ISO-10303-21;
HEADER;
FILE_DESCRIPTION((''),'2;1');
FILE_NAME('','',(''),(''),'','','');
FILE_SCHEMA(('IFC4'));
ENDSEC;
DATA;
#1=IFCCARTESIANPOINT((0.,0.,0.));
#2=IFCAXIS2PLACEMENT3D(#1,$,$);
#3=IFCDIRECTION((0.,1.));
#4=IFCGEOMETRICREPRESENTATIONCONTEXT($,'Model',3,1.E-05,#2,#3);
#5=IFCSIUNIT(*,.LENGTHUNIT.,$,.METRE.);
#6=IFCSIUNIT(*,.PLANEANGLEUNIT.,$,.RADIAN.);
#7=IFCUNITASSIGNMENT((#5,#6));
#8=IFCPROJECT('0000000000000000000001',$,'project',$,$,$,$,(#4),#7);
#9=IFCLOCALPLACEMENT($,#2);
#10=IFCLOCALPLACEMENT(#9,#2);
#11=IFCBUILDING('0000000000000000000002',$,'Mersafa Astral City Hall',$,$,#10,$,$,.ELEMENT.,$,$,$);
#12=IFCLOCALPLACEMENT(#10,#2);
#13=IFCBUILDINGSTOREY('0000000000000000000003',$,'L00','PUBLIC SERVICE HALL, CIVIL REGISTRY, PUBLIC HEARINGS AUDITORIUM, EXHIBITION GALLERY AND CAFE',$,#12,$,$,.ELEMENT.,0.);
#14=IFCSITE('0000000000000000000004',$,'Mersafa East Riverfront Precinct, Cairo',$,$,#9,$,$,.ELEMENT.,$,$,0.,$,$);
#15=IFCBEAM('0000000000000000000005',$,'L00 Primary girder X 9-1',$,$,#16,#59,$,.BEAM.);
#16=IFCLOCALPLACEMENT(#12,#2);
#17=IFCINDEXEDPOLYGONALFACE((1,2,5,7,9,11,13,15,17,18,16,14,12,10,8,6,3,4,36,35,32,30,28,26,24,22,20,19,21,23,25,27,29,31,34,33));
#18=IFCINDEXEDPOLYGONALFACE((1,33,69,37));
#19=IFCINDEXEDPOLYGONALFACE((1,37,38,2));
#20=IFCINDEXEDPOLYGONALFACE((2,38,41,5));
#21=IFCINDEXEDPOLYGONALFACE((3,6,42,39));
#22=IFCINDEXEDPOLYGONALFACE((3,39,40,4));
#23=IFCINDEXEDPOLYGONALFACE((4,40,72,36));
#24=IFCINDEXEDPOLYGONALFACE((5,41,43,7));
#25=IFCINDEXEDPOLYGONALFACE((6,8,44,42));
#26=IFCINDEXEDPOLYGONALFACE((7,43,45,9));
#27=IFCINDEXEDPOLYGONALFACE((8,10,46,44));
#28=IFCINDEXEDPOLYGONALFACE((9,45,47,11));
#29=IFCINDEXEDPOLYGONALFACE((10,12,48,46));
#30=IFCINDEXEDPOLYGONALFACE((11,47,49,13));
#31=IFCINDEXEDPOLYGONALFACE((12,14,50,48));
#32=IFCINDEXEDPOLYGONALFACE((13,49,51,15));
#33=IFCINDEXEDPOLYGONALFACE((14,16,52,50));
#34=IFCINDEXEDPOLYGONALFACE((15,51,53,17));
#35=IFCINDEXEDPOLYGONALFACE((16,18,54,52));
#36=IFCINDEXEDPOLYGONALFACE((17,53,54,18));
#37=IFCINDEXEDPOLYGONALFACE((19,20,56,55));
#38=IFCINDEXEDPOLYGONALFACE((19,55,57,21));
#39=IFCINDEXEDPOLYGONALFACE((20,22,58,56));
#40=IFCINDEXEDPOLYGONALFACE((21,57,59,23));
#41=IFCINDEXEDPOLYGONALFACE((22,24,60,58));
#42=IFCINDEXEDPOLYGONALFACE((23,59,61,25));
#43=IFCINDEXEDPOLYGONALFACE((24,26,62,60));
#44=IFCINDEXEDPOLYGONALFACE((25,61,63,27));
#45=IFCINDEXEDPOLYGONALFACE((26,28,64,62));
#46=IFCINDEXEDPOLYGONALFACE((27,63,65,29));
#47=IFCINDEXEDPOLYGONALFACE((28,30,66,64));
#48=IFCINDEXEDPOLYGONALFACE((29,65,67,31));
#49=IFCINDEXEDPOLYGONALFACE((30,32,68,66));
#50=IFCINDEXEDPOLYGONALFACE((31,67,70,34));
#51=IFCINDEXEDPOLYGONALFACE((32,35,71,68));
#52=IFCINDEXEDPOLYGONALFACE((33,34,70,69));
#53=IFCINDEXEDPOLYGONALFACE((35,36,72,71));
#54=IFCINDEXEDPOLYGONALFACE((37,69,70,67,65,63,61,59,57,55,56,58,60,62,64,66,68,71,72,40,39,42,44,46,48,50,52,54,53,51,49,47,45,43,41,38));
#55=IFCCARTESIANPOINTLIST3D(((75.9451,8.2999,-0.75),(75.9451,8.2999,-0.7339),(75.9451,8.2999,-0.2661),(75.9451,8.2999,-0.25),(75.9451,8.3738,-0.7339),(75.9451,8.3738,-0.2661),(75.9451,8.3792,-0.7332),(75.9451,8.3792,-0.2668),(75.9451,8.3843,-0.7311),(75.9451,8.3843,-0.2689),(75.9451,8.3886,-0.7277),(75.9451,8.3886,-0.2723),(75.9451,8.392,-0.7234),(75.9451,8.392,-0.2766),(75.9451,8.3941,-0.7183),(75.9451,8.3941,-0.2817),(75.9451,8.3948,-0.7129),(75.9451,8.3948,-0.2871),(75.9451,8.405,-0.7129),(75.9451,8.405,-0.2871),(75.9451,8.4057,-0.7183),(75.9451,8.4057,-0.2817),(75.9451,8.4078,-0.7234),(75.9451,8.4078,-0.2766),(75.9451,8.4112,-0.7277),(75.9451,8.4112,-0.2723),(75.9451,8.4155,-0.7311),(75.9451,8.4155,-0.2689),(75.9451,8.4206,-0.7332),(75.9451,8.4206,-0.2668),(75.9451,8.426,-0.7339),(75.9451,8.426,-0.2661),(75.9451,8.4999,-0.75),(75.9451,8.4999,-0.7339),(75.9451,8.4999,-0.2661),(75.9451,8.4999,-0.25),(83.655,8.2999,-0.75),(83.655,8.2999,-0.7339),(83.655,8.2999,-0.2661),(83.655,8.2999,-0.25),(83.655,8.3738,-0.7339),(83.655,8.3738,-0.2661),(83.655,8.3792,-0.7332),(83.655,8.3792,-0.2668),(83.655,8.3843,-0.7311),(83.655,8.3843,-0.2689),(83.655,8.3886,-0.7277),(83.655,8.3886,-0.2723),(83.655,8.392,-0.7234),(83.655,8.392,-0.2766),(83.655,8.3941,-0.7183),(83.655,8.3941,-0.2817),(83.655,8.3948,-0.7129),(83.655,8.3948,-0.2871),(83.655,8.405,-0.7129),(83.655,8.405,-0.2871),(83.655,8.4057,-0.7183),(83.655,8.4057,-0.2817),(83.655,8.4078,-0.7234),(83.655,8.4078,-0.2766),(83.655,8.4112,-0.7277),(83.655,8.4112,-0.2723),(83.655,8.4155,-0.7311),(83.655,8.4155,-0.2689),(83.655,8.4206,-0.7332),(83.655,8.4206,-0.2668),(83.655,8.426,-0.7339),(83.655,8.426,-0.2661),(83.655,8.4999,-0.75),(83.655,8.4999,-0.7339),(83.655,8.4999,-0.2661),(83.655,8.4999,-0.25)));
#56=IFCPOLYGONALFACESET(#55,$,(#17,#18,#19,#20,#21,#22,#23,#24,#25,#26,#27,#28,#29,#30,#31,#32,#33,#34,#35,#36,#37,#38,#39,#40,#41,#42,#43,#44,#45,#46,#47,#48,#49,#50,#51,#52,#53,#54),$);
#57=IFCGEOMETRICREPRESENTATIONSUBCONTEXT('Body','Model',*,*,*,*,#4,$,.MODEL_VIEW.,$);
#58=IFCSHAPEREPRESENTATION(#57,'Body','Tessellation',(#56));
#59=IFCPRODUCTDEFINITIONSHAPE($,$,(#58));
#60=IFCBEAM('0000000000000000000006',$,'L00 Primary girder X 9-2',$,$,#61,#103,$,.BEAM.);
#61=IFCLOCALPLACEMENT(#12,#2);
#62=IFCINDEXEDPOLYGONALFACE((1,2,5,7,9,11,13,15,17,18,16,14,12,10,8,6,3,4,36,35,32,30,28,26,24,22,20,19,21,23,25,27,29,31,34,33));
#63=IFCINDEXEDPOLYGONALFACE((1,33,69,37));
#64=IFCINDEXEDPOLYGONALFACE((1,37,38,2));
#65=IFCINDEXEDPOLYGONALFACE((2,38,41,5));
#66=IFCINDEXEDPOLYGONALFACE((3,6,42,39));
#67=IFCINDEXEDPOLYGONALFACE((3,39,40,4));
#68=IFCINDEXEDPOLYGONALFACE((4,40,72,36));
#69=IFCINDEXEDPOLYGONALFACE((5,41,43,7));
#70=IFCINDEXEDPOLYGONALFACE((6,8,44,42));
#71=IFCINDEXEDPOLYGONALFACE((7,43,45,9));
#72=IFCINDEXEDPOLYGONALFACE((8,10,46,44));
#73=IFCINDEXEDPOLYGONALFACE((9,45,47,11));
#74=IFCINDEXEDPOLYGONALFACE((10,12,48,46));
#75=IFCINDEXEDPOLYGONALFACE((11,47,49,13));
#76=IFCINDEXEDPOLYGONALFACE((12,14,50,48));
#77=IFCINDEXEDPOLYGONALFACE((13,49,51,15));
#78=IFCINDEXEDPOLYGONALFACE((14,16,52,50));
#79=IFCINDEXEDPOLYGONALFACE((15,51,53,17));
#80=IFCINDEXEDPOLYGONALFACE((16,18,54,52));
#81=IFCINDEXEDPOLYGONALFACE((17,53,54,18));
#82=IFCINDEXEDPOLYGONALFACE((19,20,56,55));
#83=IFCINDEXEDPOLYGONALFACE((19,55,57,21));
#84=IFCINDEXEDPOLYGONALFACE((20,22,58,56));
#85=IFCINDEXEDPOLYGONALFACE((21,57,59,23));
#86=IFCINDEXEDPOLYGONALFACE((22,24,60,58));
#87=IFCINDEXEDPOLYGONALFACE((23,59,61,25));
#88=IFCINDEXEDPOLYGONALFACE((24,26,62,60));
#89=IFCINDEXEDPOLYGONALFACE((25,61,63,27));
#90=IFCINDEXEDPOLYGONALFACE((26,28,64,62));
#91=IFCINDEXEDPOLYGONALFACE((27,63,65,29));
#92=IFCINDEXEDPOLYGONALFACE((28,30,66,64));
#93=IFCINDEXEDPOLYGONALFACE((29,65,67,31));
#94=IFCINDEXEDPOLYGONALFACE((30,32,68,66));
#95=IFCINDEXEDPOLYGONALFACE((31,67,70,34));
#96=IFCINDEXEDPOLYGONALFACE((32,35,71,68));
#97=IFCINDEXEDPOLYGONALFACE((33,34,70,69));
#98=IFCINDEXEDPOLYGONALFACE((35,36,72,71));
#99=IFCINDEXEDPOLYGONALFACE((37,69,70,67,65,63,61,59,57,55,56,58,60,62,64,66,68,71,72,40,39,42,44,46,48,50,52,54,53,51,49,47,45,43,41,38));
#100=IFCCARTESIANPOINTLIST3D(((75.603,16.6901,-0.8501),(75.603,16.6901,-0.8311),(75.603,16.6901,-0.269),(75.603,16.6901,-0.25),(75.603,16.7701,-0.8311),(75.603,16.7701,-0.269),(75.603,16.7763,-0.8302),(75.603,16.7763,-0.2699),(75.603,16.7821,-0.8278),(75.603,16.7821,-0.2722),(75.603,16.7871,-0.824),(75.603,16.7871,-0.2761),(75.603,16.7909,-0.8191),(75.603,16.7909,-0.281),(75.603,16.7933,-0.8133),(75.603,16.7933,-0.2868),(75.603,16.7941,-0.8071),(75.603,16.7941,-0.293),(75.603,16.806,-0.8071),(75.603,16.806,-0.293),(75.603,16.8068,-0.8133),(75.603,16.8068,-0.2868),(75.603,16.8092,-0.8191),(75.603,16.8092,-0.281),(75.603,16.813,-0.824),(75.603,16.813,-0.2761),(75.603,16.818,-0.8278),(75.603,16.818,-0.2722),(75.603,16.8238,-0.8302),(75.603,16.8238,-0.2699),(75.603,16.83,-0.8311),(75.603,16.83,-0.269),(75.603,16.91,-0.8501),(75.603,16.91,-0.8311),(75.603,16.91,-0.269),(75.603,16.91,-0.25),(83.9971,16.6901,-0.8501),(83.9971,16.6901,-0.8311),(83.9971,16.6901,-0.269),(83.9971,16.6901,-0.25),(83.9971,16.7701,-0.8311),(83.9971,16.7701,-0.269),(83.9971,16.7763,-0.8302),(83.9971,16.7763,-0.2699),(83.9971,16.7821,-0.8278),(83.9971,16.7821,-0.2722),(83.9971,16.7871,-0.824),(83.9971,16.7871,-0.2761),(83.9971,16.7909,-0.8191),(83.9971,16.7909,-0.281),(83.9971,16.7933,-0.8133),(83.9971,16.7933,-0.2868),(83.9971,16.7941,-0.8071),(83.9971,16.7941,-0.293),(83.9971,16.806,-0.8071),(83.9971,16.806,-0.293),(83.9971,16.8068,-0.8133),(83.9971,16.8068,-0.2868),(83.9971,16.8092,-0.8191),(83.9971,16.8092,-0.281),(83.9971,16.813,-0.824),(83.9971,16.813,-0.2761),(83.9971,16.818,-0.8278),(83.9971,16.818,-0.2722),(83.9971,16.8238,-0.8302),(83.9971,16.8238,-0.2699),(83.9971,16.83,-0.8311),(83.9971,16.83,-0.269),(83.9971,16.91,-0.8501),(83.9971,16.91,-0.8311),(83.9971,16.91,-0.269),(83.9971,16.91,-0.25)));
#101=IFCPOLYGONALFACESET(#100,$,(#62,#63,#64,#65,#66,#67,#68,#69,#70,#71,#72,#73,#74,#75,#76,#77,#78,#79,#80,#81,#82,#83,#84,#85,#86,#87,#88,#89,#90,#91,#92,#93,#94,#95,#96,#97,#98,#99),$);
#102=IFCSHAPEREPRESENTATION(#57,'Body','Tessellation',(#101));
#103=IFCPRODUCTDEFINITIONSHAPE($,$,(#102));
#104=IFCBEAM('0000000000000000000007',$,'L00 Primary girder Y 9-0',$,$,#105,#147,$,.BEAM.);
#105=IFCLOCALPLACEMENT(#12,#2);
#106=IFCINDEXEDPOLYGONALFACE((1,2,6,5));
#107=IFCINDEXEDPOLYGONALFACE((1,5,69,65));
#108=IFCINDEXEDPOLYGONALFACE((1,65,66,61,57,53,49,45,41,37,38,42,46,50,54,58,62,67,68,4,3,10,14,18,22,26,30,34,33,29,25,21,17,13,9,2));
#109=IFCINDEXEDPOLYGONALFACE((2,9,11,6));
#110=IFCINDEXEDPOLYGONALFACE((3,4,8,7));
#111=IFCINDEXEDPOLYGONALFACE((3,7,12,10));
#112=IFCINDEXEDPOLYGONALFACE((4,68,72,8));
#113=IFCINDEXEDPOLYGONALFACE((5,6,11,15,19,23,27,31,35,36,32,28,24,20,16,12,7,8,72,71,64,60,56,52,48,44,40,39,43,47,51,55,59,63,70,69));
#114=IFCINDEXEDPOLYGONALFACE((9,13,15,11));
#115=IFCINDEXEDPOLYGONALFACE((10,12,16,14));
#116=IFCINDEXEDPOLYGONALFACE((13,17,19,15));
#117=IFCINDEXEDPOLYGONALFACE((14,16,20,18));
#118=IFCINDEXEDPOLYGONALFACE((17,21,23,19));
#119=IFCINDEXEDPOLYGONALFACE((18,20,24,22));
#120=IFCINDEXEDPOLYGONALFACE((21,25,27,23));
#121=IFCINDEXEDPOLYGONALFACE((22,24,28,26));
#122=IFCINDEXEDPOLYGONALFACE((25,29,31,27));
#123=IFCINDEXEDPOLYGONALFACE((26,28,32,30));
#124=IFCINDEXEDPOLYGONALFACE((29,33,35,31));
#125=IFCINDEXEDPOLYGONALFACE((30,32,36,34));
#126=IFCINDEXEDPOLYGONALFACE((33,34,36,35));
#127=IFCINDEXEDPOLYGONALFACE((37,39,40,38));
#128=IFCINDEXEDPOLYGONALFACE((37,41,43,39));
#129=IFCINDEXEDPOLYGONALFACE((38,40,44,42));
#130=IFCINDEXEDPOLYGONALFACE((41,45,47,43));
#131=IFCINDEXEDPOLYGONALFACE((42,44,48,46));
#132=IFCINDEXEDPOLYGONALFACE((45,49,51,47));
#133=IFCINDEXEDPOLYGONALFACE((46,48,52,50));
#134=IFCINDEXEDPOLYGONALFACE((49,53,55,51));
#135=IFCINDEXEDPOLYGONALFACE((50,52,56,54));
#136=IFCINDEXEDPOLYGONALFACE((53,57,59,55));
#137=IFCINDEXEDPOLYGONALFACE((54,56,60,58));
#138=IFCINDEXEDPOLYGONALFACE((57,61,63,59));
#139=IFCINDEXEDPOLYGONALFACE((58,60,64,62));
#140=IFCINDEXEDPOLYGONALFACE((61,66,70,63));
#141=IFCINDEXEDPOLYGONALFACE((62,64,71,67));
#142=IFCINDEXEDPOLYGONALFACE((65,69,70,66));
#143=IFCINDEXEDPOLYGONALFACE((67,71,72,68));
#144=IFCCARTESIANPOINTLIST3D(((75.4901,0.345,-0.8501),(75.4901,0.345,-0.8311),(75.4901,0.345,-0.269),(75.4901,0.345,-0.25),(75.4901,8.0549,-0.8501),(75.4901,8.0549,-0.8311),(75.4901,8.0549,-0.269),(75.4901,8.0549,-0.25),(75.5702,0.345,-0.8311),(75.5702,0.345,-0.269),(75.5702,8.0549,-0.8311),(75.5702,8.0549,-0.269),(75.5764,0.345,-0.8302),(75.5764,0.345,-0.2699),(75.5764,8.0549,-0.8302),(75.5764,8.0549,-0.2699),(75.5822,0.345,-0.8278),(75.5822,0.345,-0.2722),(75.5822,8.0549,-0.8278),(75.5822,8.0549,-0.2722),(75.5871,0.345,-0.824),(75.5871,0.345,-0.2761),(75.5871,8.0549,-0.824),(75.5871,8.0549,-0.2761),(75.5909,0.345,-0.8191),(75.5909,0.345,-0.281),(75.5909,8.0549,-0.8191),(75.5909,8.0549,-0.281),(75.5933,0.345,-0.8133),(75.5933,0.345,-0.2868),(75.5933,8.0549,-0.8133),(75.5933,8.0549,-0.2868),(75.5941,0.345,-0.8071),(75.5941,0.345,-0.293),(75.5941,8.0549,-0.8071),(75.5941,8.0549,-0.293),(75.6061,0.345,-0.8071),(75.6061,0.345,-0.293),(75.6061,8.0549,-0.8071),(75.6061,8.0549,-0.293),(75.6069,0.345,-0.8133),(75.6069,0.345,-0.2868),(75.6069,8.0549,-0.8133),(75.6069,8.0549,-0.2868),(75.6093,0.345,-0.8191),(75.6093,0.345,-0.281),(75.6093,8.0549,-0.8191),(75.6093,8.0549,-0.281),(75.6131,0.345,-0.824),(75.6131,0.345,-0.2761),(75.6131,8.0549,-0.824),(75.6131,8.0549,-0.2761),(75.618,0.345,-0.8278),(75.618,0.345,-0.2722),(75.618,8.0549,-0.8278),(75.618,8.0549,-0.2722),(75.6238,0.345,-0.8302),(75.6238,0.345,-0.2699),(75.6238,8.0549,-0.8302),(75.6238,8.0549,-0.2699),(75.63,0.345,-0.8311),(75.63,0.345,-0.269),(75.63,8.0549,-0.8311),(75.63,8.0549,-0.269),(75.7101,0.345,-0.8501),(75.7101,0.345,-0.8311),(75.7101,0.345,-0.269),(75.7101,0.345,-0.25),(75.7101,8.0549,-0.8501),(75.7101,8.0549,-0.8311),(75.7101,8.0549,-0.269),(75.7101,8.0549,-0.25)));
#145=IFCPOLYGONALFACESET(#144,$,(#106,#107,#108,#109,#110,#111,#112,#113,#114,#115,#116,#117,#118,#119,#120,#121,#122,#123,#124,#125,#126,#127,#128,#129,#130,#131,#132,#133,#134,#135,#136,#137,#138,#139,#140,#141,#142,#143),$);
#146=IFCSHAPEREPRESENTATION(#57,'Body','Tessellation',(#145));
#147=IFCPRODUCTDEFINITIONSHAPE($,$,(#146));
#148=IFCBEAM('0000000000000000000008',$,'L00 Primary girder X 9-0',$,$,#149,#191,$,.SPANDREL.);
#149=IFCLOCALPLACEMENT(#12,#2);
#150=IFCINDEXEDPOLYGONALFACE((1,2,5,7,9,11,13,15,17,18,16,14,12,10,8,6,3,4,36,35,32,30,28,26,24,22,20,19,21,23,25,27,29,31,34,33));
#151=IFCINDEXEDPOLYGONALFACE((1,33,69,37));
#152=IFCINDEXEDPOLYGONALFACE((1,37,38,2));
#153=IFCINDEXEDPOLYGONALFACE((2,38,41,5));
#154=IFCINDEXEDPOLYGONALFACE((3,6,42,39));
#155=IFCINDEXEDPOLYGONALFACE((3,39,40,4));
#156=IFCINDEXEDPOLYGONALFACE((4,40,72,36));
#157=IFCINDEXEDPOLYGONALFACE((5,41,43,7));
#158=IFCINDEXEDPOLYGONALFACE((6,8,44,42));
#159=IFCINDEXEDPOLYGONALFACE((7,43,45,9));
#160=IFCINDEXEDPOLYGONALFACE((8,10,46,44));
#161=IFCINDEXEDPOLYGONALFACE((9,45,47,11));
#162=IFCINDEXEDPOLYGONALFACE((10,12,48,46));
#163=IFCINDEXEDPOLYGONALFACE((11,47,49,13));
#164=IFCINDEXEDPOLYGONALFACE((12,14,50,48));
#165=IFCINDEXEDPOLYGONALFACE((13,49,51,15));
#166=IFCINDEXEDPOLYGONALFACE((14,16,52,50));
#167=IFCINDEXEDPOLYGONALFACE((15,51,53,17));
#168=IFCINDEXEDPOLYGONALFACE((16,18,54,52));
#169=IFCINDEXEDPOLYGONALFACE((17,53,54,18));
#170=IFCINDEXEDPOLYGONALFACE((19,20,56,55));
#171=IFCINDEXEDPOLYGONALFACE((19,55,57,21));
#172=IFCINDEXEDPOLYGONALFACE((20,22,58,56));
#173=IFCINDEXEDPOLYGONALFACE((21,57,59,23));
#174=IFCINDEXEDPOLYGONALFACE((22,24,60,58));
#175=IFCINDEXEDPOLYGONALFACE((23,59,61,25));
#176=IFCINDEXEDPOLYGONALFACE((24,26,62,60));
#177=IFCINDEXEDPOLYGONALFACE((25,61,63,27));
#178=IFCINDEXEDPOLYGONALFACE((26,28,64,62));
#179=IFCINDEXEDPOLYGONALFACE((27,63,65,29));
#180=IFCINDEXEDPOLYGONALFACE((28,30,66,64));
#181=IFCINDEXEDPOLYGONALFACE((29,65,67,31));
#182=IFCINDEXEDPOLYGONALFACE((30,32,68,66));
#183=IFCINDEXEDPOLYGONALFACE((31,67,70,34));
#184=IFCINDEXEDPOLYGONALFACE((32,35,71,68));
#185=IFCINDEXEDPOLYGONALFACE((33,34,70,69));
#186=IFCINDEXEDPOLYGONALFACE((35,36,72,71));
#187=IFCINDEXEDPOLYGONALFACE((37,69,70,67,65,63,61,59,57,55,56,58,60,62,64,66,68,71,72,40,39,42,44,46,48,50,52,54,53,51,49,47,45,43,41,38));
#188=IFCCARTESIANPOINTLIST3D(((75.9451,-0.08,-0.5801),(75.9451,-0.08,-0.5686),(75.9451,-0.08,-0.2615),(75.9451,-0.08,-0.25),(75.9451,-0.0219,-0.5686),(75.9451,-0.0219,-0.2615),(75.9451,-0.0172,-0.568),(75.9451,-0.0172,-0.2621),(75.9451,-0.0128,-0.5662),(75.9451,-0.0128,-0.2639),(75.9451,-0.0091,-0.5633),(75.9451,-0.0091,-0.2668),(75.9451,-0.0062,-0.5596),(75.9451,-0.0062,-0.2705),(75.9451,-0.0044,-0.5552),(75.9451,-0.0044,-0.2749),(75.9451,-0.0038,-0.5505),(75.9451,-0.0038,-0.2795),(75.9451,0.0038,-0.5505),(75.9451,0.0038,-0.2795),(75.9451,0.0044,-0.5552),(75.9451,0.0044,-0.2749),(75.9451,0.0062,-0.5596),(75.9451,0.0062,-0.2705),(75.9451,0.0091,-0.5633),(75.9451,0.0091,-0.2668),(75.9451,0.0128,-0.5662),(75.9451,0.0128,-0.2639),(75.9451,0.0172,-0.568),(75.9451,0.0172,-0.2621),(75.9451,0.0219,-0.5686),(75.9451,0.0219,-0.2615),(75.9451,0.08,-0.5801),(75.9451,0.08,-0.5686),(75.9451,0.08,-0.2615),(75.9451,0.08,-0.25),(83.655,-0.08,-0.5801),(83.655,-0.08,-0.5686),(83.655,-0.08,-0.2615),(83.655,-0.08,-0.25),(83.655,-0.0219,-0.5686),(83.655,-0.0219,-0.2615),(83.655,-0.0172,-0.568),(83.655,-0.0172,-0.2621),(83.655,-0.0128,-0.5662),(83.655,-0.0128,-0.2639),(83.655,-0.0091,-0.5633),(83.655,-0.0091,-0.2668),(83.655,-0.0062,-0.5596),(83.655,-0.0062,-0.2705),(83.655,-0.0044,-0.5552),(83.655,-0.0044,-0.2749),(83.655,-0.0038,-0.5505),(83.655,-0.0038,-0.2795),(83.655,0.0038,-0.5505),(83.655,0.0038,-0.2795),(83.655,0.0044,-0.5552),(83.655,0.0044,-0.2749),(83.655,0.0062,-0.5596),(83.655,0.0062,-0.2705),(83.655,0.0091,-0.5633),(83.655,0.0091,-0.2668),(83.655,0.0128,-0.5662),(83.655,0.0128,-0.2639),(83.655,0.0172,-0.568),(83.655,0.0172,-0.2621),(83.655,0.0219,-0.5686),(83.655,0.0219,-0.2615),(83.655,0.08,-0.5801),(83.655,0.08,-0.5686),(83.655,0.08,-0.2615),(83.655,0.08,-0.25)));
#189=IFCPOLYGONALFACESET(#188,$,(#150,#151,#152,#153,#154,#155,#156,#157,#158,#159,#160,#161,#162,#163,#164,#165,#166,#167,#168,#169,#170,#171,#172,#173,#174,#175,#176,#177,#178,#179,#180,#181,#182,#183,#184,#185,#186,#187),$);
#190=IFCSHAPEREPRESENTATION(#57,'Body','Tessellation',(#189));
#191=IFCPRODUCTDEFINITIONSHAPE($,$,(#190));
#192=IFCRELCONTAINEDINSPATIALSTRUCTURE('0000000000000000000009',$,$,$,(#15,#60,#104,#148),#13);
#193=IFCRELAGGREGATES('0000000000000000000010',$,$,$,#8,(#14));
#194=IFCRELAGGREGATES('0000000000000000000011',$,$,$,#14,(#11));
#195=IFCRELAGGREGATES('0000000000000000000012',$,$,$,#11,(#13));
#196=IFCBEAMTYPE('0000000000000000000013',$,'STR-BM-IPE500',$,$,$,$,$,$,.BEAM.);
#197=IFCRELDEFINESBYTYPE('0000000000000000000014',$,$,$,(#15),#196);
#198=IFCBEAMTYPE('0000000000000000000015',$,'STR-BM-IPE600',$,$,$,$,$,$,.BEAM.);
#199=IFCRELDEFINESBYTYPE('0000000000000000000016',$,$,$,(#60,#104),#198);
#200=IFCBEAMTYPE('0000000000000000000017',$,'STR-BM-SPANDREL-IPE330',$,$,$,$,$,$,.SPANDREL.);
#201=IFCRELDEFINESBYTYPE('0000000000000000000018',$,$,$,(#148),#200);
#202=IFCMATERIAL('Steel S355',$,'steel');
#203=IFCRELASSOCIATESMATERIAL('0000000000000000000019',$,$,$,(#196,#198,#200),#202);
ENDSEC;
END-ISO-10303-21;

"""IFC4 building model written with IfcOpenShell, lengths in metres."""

from ifc_helpers import new_model, si_unit, direction, frame, origin, origin_2d, place, context, subcontext, project, spatial, i_section, extrude, material, material_profile, profile_set, type_object, element, save


model = new_model("IFC4")

# Units and contexts
model_context = context("Model", 3, precision=1e-05, world=origin(), true_north=direction((0.0, 1.0)))
body_context = subcontext(model_context, "Body", "Model", "MODEL_VIEW")
ifc_project = project(units=[si_unit("LENGTHUNIT", "METRE"), si_unit("PLANEANGLEUNIT", "RADIAN")], contexts=[model_context])

# Site, building, storey
site_placement = place(None, origin())
site = spatial("IfcSite", under=ifc_project, at=site_placement, Name="Mersafa East Riverfront Precinct, Cairo", CompositionType="ELEMENT", RefElevation=0.0)
building_placement = place(site_placement, origin())
building = spatial("IfcBuilding", under=site, at=building_placement, Name="Mersafa Astral City Hall", CompositionType="ELEMENT")
storey_placement = place(building_placement, origin())
storey = spatial("IfcBuildingStorey", under=building, at=storey_placement, Name="L00", Description="PUBLIC SERVICE HALL, CIVIL REGISTRY, PUBLIC HEARINGS AUDITORIUM, EXHIBITION GALLERY AND CAFE", CompositionType="ELEMENT", Elevation=0.0)

# Shared definitions
ifc_material_1 = material(Name="Steel S355", Category="steel")

# Beams
ifc_material_profile_1 = material_profile(ifc_material_1, i_section(OverallWidth=0.2, OverallDepth=0.5, WebThickness=0.0103, FlangeThickness=0.0161, FilletRadius=0.021, at=origin_2d()), Name="IPE 500")
ifc_profile_set_1 = profile_set([ifc_material_profile_1], Name="Steel S355")
beam_type_1 = type_object("IfcBeamType", Name="STR-BM-IPE500", PredefinedType="BEAM", material=ifc_profile_set_1)
beam_1_placement = place(storey_placement, frame((75.9451, 8.3999, -0.5), z_axis=(1.0, 0.0, 0.0), x_axis=(0.0, 1.0, 0.0)))
element("IfcBeam", 1, at=beam_1_placement, inside=storey, type_object=beam_type_1, Name="L00 Primary girder X 9-1", PredefinedType="BEAM", context=body_context, shape_type="SweptSolid", body=[
    extrude(i_section(OverallWidth=0.2, OverallDepth=0.5, WebThickness=0.0103, FlangeThickness=0.0161, FilletRadius=0.021, at=origin_2d()), origin(), (0.0, 0.0, 1.0), 7.71),
])
ifc_material_profile_2 = material_profile(ifc_material_1, i_section(OverallWidth=0.22, OverallDepth=0.6001, WebThickness=0.012, FlangeThickness=0.019, FilletRadius=0.0239, at=origin_2d()), Name="IPE 600")
ifc_profile_set_2 = profile_set([ifc_material_profile_2], Name="Steel S355")
beam_type_2 = type_object("IfcBeamType", Name="STR-BM-IPE600", PredefinedType="BEAM", material=ifc_profile_set_2)
beam_2_placement = place(storey_placement, frame((75.603, 16.8, -0.55), z_axis=(1.0, 0.0, 0.0), x_axis=(0.0, 1.0, 0.0)))
element("IfcBeam", 2, at=beam_2_placement, inside=storey, type_object=beam_type_2, Name="L00 Primary girder X 9-2", PredefinedType="BEAM", context=body_context, shape_type="SweptSolid", body=[
    extrude(i_section(OverallWidth=0.22, OverallDepth=0.6001, WebThickness=0.012, FlangeThickness=0.019, FilletRadius=0.0239, at=origin_2d()), origin(), (0.0, 0.0, 1.0), 8.394),
])
beam_3_placement = place(storey_placement, frame((75.6001, 0.345, -0.55), z_axis=(0.0, 1.0, 0.0), x_axis=(-1.0, 0.0, 0.0)))
element("IfcBeam", 3, at=beam_3_placement, inside=storey, type_object=beam_type_2, Name="L00 Primary girder Y 9-0", PredefinedType="BEAM", context=body_context, shape_type="SweptSolid", body=[
    extrude(i_section(OverallWidth=0.22, OverallDepth=0.6001, WebThickness=0.012, FlangeThickness=0.019, FilletRadius=0.0239, at=origin_2d()), origin(), (0.0, 0.0, 1.0), 7.71),
])
ifc_material_profile_3 = material_profile(ifc_material_1, i_section(OverallWidth=0.1599, OverallDepth=0.3301, WebThickness=0.0076, FlangeThickness=0.0115, FilletRadius=0.0181, at=origin_2d()), Name="IPE 330")
ifc_profile_set_3 = profile_set([ifc_material_profile_3], Name="Steel S355")
beam_type_3 = type_object("IfcBeamType", Name="STR-BM-SPANDREL-IPE330", PredefinedType="SPANDREL", material=ifc_profile_set_3)
beam_4_placement = place(storey_placement, frame((75.9451, 0.0, -0.415), z_axis=(1.0, 0.0, 0.0), x_axis=(0.0, 1.0, 0.0)))
element("IfcBeam", 4, at=beam_4_placement, inside=storey, type_object=beam_type_3, Name="L00 Primary girder X 9-0", PredefinedType="SPANDREL", context=body_context, shape_type="SweptSolid", body=[
    extrude(i_section(OverallWidth=0.1599, OverallDepth=0.3301, WebThickness=0.0076, FlangeThickness=0.0115, FilletRadius=0.0181, at=origin_2d()), origin(), (0.0, 0.0, 1.0), 7.71),
])

save(model, "model.ifc")
